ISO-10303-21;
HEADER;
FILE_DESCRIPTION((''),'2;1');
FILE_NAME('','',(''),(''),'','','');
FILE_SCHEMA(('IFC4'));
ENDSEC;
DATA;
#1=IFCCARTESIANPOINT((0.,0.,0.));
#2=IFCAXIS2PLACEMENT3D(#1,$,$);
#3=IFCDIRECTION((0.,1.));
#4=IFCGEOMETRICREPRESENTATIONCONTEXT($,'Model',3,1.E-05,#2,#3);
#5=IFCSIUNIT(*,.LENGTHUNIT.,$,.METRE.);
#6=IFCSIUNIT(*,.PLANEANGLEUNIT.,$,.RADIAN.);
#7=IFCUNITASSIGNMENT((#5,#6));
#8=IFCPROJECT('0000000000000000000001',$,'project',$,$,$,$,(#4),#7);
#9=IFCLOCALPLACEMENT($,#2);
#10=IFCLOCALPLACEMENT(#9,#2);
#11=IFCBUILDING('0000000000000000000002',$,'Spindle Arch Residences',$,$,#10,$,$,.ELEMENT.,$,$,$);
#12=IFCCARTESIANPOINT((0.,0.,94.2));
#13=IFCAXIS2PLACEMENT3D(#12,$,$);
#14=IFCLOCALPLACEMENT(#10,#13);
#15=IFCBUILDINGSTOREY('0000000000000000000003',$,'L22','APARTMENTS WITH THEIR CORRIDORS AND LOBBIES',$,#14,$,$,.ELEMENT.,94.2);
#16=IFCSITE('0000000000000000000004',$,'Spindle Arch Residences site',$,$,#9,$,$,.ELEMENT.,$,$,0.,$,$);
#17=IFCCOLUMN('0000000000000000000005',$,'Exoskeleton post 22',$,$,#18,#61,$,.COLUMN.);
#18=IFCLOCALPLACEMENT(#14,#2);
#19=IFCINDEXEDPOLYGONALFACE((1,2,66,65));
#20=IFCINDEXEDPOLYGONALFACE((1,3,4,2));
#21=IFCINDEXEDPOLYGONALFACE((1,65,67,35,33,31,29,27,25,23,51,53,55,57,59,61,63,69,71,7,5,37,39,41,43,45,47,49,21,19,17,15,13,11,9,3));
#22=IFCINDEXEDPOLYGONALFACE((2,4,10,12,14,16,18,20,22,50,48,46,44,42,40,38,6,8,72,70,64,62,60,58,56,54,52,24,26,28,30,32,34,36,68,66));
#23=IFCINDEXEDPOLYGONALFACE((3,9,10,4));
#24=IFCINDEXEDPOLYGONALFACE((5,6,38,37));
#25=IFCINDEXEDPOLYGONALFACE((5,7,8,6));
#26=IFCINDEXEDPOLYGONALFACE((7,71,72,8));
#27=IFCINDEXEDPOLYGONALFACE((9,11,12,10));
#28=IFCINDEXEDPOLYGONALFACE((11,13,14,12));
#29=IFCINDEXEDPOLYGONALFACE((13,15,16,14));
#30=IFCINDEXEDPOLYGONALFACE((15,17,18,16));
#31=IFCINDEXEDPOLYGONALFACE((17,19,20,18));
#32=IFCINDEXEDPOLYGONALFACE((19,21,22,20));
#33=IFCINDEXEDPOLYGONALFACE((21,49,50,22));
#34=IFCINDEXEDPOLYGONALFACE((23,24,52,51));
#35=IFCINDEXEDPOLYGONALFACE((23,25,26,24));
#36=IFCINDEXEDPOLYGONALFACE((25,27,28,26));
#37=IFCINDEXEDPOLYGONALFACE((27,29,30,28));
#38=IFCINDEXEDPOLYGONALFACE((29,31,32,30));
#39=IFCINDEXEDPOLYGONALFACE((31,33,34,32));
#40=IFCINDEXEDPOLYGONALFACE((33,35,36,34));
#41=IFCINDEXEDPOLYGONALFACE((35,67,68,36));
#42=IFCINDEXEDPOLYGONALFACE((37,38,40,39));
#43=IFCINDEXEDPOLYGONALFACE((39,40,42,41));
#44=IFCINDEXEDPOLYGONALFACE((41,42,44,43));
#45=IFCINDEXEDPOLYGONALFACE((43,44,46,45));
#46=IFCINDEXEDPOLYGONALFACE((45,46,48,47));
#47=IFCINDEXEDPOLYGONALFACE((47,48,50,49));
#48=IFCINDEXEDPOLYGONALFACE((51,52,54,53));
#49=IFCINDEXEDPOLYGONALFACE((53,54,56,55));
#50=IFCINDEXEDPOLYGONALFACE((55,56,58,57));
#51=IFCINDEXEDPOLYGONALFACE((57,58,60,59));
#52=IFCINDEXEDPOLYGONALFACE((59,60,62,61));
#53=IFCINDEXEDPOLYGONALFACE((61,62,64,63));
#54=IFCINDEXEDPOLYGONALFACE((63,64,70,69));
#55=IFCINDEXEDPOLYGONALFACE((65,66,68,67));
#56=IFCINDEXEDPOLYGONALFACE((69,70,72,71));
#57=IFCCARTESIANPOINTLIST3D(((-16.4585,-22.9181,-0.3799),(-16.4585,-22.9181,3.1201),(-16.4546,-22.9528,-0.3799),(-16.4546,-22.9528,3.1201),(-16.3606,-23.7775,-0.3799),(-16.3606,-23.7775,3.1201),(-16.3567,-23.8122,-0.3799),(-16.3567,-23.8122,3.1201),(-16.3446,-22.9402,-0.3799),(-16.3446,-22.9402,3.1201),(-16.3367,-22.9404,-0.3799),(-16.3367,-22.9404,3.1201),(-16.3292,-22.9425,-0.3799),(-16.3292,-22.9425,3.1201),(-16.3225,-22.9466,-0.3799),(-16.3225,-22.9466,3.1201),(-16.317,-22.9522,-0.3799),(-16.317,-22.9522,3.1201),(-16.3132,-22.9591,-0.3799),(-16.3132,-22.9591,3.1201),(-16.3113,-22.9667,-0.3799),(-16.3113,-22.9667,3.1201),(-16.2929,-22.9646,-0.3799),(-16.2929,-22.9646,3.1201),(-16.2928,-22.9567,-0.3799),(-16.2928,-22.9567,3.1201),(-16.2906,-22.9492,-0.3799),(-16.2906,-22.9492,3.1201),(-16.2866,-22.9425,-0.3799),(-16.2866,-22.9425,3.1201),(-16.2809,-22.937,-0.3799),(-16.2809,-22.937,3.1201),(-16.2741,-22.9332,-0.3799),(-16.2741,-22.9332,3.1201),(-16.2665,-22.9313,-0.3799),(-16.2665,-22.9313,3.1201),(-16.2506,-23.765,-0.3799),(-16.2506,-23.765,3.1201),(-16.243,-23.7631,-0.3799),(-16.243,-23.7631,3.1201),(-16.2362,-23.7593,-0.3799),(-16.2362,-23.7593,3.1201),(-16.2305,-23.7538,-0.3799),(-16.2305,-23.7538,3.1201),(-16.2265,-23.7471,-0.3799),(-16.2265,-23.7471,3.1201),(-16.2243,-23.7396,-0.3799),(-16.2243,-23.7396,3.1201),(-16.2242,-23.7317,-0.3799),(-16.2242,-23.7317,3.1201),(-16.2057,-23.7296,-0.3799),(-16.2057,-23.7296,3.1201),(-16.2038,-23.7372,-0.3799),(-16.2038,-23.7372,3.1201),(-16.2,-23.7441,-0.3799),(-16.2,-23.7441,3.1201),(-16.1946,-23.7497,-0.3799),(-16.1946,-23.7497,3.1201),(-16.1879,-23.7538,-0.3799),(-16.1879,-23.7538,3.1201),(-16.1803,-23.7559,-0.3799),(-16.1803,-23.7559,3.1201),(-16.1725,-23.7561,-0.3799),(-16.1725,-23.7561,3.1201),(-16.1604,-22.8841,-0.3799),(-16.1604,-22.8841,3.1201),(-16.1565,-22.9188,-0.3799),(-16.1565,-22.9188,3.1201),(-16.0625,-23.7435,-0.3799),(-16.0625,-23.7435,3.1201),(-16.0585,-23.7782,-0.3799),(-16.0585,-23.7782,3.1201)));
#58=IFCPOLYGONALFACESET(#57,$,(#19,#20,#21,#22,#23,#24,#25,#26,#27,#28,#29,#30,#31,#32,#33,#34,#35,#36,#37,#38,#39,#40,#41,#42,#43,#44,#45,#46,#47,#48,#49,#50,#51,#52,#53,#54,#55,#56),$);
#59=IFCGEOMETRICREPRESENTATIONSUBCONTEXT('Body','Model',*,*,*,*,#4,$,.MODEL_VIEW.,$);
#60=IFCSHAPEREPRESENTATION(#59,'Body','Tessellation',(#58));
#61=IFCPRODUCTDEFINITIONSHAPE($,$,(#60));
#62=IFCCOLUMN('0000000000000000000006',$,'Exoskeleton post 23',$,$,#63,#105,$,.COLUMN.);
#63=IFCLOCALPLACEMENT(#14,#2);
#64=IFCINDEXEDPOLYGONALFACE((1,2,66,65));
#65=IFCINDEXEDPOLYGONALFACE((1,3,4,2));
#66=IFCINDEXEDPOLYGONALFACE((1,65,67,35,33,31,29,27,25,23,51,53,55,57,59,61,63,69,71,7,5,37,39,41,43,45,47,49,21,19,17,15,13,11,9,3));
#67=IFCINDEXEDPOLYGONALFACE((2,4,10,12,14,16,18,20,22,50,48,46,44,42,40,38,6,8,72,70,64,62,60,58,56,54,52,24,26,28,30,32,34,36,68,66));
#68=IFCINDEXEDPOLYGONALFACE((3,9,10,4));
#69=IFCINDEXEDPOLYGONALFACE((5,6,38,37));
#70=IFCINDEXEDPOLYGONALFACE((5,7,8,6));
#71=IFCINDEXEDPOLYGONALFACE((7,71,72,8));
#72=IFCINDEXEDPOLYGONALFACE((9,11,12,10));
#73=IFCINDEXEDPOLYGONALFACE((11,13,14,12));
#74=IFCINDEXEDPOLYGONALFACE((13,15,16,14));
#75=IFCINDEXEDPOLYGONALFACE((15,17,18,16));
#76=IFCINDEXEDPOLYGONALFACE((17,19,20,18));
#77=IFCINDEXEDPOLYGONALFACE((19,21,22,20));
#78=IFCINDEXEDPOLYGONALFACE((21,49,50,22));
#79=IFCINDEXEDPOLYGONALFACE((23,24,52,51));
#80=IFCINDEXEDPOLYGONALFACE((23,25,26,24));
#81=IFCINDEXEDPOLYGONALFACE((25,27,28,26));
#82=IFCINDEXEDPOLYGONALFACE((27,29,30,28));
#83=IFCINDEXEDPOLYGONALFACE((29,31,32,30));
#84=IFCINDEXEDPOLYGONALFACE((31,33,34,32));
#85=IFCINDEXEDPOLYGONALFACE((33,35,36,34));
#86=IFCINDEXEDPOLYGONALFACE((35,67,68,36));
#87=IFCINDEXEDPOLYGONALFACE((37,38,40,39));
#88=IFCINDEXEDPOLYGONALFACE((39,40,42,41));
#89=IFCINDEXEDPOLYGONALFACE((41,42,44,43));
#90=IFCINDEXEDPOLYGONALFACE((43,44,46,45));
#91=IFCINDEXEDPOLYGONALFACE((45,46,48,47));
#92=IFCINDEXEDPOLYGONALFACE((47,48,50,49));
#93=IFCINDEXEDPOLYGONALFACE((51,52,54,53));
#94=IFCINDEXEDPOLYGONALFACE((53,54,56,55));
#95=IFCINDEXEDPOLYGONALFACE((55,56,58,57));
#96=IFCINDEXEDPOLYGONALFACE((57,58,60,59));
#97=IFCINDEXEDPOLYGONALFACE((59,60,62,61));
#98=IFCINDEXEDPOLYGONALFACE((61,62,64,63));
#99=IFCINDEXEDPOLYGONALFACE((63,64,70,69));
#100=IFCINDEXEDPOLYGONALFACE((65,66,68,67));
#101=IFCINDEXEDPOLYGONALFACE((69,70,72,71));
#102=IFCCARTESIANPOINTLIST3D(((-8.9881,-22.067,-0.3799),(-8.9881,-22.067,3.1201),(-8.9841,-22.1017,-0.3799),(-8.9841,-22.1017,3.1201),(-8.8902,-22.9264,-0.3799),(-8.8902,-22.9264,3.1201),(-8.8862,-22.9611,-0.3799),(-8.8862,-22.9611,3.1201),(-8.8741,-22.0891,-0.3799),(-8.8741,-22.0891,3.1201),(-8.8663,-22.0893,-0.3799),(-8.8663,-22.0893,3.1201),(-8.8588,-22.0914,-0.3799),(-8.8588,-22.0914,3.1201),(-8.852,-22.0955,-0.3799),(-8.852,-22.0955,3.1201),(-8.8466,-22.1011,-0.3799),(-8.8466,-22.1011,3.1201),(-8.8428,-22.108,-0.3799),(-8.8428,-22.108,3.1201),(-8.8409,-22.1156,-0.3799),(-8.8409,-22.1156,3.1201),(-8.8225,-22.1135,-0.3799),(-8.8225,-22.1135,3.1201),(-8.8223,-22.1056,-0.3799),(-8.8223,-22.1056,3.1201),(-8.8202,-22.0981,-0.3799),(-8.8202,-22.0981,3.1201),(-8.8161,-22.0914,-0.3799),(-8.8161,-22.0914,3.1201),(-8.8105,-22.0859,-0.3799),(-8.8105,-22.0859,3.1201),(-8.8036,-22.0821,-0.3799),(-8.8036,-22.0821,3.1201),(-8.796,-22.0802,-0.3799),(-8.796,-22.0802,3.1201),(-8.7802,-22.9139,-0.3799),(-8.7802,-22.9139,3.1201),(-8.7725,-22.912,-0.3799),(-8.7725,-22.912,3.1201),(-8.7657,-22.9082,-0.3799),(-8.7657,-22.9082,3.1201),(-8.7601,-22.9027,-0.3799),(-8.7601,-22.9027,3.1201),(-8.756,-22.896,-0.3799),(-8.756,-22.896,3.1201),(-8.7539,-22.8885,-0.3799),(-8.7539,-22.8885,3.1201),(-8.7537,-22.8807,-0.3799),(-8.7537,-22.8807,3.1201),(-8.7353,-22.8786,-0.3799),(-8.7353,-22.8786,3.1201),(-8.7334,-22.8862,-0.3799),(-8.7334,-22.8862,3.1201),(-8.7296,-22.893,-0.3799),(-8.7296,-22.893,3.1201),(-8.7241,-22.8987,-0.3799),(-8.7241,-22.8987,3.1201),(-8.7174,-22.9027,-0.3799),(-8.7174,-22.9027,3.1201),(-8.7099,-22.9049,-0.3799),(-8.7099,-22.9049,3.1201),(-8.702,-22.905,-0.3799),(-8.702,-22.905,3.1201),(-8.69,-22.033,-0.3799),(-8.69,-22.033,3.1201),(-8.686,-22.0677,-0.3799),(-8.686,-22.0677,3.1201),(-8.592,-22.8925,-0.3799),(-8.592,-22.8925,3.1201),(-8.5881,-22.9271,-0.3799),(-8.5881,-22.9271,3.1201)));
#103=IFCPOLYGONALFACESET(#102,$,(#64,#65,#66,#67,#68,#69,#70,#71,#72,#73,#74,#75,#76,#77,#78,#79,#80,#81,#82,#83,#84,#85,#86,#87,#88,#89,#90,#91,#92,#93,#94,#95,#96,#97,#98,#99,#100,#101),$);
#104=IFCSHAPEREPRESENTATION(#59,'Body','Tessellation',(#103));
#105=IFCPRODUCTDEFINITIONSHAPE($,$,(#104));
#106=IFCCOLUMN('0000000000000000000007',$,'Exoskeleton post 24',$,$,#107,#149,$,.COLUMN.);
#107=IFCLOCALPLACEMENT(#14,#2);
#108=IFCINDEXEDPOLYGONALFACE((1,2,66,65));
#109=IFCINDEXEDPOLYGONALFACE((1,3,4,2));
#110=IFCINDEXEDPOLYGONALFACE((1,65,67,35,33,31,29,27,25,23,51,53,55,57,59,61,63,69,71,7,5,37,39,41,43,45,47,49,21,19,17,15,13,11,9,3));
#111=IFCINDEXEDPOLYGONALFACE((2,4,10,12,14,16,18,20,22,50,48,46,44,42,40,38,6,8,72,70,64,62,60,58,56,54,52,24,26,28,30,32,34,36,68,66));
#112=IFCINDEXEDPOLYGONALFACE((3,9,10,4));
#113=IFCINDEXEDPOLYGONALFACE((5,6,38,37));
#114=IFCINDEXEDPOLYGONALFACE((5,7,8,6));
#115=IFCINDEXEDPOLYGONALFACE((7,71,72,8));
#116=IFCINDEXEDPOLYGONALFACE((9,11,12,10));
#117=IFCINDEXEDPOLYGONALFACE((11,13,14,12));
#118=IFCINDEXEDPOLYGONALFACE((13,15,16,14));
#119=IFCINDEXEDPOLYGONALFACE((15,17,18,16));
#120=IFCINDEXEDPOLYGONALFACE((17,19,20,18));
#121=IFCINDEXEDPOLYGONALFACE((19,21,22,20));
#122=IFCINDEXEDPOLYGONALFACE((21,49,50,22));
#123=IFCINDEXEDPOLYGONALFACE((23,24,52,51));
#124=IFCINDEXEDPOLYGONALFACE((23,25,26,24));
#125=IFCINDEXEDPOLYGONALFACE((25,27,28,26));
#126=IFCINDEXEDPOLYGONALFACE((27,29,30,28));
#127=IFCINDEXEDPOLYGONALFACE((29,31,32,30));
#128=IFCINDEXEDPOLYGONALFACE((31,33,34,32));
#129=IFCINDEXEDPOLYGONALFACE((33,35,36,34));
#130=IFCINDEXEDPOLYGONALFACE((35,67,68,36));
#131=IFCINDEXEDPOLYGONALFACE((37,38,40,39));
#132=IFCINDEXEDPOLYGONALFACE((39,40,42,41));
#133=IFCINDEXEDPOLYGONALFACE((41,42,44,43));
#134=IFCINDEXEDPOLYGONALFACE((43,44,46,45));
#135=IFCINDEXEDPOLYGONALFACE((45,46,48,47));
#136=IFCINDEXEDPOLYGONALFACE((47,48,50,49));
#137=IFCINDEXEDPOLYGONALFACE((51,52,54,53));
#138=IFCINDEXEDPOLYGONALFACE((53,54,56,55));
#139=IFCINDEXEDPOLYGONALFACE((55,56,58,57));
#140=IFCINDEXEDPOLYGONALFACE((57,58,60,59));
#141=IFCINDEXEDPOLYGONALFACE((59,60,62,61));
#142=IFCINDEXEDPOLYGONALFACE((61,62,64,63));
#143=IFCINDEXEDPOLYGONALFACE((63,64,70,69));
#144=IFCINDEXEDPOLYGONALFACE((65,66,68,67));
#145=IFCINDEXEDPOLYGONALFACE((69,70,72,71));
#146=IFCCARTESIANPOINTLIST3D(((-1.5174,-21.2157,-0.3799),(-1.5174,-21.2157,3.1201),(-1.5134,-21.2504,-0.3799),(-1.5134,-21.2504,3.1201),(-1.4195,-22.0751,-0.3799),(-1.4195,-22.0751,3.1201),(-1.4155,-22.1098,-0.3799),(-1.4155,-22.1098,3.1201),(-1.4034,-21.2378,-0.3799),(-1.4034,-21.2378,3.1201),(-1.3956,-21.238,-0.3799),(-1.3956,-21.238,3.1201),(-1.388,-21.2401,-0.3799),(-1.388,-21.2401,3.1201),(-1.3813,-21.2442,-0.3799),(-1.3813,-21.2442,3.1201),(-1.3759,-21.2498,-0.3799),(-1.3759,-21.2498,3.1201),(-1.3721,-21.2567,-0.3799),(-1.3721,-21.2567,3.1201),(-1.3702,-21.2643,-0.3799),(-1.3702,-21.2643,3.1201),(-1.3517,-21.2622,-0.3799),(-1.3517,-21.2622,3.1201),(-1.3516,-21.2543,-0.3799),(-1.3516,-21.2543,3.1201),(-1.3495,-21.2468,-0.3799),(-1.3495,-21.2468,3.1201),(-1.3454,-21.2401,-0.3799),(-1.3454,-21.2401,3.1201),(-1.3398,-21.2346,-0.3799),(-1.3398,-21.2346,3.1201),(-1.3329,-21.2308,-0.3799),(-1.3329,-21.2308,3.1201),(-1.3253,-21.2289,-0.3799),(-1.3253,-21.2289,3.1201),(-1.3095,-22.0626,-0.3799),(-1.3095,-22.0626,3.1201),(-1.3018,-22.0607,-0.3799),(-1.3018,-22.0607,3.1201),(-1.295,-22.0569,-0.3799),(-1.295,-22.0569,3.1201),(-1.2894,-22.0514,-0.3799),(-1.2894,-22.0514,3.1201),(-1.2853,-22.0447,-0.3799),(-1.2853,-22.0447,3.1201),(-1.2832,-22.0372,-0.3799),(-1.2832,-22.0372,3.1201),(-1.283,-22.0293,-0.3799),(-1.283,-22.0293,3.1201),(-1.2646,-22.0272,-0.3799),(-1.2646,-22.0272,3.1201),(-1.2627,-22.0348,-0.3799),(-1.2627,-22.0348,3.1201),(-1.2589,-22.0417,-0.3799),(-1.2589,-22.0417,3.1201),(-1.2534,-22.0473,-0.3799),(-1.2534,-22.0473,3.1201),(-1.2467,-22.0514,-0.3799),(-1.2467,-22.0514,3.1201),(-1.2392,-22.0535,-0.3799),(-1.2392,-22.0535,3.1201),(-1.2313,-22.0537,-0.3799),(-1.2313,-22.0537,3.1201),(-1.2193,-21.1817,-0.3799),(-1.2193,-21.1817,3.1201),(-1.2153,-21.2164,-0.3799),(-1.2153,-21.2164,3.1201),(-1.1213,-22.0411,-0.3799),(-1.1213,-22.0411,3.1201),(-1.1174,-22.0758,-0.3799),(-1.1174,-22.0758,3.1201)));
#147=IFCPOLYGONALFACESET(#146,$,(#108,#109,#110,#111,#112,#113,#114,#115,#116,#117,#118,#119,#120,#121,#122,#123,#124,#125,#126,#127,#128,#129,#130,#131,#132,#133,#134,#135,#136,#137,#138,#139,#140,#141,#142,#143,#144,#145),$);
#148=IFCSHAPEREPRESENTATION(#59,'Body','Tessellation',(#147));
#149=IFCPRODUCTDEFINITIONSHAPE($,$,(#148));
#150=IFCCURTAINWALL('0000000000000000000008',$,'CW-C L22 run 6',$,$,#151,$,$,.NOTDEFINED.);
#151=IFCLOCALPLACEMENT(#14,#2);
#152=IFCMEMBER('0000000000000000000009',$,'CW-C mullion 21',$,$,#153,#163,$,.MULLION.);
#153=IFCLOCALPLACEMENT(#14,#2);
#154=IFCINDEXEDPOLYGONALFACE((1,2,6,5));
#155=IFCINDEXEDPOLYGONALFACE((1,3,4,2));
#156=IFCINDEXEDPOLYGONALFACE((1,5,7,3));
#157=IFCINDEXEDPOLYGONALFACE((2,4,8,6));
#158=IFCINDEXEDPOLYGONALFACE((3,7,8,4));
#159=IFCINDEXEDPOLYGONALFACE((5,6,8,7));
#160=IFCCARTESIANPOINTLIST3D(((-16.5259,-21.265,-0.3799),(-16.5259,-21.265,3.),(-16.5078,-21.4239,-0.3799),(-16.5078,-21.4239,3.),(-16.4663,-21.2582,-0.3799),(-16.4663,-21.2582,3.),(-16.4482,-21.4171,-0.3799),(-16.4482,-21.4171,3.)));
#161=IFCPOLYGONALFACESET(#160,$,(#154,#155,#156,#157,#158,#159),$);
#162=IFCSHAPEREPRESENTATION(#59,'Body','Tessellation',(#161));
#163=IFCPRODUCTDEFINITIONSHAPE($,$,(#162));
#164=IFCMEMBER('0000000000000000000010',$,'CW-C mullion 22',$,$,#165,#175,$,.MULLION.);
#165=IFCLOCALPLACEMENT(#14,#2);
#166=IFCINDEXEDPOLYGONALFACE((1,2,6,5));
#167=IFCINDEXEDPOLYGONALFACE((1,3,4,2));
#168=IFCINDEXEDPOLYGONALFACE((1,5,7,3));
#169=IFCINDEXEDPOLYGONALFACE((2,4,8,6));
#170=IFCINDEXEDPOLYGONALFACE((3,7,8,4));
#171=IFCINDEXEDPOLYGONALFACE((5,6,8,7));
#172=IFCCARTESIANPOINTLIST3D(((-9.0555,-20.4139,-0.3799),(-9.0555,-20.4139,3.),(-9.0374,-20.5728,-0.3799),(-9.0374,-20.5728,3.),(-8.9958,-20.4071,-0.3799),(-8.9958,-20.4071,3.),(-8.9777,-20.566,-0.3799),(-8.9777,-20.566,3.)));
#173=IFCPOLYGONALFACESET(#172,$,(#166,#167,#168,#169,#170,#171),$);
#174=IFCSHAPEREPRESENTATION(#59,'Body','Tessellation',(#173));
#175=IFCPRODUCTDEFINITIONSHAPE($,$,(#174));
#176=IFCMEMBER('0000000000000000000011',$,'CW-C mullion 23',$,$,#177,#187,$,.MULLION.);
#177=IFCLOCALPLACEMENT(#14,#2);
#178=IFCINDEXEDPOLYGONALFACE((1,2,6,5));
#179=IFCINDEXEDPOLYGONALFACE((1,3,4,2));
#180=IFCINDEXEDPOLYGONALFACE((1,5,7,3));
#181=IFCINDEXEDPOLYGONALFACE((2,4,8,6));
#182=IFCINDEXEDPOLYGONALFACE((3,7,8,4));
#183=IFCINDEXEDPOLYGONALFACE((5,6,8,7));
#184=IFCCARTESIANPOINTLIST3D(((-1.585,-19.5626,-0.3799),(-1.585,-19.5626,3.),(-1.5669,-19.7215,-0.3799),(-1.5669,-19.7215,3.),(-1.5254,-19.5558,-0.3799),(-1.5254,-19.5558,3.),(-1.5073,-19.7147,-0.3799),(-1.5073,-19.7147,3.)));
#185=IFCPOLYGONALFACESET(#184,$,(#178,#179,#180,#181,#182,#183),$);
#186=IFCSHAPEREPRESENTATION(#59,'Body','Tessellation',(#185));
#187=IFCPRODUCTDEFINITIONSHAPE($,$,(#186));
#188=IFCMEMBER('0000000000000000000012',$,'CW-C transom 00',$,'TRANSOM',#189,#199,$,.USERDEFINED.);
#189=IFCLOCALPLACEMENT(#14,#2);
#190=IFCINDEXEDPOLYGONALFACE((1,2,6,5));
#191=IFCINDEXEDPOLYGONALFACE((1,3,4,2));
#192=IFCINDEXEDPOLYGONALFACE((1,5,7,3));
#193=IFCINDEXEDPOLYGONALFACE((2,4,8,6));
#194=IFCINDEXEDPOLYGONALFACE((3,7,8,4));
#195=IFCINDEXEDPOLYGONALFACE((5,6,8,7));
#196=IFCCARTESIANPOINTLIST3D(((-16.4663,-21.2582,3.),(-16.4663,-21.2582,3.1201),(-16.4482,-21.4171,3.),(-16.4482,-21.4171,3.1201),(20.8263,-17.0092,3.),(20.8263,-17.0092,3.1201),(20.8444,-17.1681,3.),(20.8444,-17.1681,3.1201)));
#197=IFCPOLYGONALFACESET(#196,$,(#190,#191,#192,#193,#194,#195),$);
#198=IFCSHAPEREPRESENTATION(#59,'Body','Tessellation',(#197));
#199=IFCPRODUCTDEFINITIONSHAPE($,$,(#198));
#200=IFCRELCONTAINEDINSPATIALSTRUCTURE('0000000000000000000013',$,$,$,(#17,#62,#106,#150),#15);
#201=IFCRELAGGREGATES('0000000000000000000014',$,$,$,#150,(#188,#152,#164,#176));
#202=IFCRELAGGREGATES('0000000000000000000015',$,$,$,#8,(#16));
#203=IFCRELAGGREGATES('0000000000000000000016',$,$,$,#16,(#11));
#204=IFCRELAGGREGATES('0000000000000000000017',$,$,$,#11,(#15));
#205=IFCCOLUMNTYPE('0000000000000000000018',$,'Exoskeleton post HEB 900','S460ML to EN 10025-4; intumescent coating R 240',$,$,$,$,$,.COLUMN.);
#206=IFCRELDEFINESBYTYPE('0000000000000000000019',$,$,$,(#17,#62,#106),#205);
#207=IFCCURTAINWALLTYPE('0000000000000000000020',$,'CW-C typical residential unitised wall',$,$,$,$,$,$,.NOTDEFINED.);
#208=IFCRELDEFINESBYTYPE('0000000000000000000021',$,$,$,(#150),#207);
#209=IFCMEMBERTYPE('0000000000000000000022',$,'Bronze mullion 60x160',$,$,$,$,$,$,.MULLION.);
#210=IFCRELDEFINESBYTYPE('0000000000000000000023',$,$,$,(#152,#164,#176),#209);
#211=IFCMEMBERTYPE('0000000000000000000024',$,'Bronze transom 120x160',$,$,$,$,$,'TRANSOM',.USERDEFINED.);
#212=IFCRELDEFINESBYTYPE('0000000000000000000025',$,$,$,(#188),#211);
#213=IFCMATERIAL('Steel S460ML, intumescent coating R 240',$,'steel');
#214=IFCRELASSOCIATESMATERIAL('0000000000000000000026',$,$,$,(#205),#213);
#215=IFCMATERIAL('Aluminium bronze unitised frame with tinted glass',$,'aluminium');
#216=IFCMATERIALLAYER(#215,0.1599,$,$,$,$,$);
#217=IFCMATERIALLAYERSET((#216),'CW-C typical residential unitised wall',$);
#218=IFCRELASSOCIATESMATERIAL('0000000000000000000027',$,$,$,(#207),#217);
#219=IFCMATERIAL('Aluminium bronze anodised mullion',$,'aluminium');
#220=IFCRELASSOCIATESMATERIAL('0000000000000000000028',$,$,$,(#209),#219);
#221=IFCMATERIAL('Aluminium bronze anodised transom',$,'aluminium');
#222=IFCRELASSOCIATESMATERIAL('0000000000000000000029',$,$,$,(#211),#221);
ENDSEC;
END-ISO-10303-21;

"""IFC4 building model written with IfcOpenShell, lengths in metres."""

from ifc_helpers import new_model, si_unit, direction, frame, origin, origin_2d, place, context, subcontext, project, spatial, rectangle, i_section, extrude, material, layer, layer_set, material_profile, profile_set, type_object, element, aggregate, save


model = new_model("IFC4")

# Units and contexts
model_context = context("Model", 3, precision=1e-05, world=origin(), true_north=direction((0.0, 1.0)))
body_context = subcontext(model_context, "Body", "Model", "MODEL_VIEW")
ifc_project = project(units=[si_unit("LENGTHUNIT", "METRE"), si_unit("PLANEANGLEUNIT", "RADIAN")], contexts=[model_context])

# Site, building, storey
site_placement = place(None, origin())
site = spatial("IfcSite", under=ifc_project, at=site_placement, Name="Spindle Arch Residences site", CompositionType="ELEMENT", RefElevation=0.0)
building_placement = place(site_placement, origin())
building = spatial("IfcBuilding", under=site, at=building_placement, Name="Spindle Arch Residences", CompositionType="ELEMENT")
storey_placement = place(building_placement, frame((0.0, 0.0, 94.2)))
storey = spatial("IfcBuildingStorey", under=building, at=storey_placement, Name="L22", Description="APARTMENTS WITH THEIR CORRIDORS AND LOBBIES", CompositionType="ELEMENT", Elevation=94.2)

# Columns
ifc_material_1 = material(Name="Steel S460ML, intumescent coating R 240", Category="steel")
ifc_material_profile_1 = material_profile(ifc_material_1, i_section(OverallWidth=0.3, OverallDepth=0.8999, WebThickness=0.0186, FlangeThickness=0.0349, FilletRadius=0.03, at=origin_2d()), Name="HEB 900")
ifc_profile_set_1 = profile_set([ifc_material_profile_1], Name="Steel S460ML, intumescent coating R 240")
column_type = type_object("IfcColumnType", Name="Exoskeleton post HEB 900", Description="S460ML to EN 10025-4; intumescent coating R 240", PredefinedType="COLUMN", material=ifc_profile_set_1)
for number, where, z_axis, x_axis, name in (
    (1, (-16.2585, -23.3481, -0.3799), (0.0, 0.0, 1.0), (-0.993572, -0.113203, 0.0), "Exoskeleton post 22"),
    (2, (-8.7881, -22.4971, -0.3799), (0.0, 0.0, 1.0), (-0.993572, -0.113203, 0.0), "Exoskeleton post 23"),
    (3, (-1.3174, -21.6458, -0.3799), (0.0, 0.0, 1.0), (-0.993572, -0.113203, 0.0), "Exoskeleton post 24"),
):
    element("IfcColumn", number, at=place(storey_placement, frame(where, z_axis=z_axis, x_axis=x_axis)), inside=storey, type_object=column_type, Name=name, PredefinedType="COLUMN", context=body_context, shape_type="SweptSolid", body=[
        extrude(i_section(OverallWidth=0.3, OverallDepth=0.8999, WebThickness=0.0186, FlangeThickness=0.0349, FilletRadius=0.03, at=origin_2d()), origin(), (0.0, 0.0, 1.0), 3.5),
    ])

# Curtain wall, members
ifc_material_2 = material(Name="Aluminium bronze unitised frame with tinted glass", Category="aluminium")
ifc_layer_1 = layer(ifc_material_2, 0.1599)
ifc_layer_set_1 = layer_set([ifc_layer_1], Name="CW-C typical residential unitised wall")
curtain_wall_type = type_object("IfcCurtainWallType", Name="CW-C typical residential unitised wall", PredefinedType="NOTDEFINED", material=ifc_layer_set_1)
curtain_wall_placement = place(storey_placement, origin())
curtain_wall = element("IfcCurtainWall", 4, at=curtain_wall_placement, inside=storey, type_object=curtain_wall_type, Name="CW-C L22 run 6", PredefinedType="NOTDEFINED")
ifc_material_3 = material(Name="Aluminium bronze anodised mullion", Category="aluminium")
ifc_material_profile_2 = material_profile(ifc_material_3, rectangle(XDim=0.1599, YDim=0.0601, at=origin_2d()), Name="MU 60x160")
ifc_profile_set_2 = profile_set([ifc_material_profile_2], Name="Aluminium bronze anodised mullion")
member_type_1 = type_object("IfcMemberType", Name="Bronze mullion 60x160", PredefinedType="MULLION", material=ifc_profile_set_2)
member_1_placement = place(storey_placement, frame((-16.4871, -21.3411, -0.3799), z_axis=(0.0, 0.0, 1.0), x_axis=(-0.113203, 0.993572, 0.0)))
member_1 = element("IfcMember", 5, at=member_1_placement, type_object=member_type_1, Name="CW-C mullion 21", PredefinedType="MULLION", context=body_context, shape_type="SweptSolid", body=[
    extrude(rectangle(XDim=0.1599, YDim=0.0601, at=origin_2d()), origin(), (0.0, 0.0, 1.0), 3.3799),
])
member_2_placement = place(storey_placement, frame((-9.0166, -20.49, -0.3799), z_axis=(0.0, 0.0, 1.0), x_axis=(-0.113203, 0.993572, 0.0)))
member_2 = element("IfcMember", 6, at=member_2_placement, type_object=member_type_1, Name="CW-C mullion 22", PredefinedType="MULLION", context=body_context, shape_type="SweptSolid", body=[
    extrude(rectangle(XDim=0.1599, YDim=0.0601, at=origin_2d()), origin(), (0.0, 0.0, 1.0), 3.3799),
])
member_3_placement = place(storey_placement, frame((-1.5461, -19.6387, -0.3799), z_axis=(0.0, 0.0, 1.0), x_axis=(-0.113203, 0.993572, 0.0)))
member_3 = element("IfcMember", 7, at=member_3_placement, type_object=member_type_1, Name="CW-C mullion 23", PredefinedType="MULLION", context=body_context, shape_type="SweptSolid", body=[
    extrude(rectangle(XDim=0.1599, YDim=0.0601, at=origin_2d()), origin(), (0.0, 0.0, 1.0), 3.3799),
])
ifc_material_4 = material(Name="Aluminium bronze anodised transom", Category="aluminium")
ifc_material_profile_3 = material_profile(ifc_material_4, rectangle(XDim=0.1599, YDim=0.1201, at=origin_2d()), Name="TR 120x160")
ifc_profile_set_3 = profile_set([ifc_material_profile_3], Name="Aluminium bronze anodised transom")
member_type_2 = type_object("IfcMemberType", Name="Bronze transom 120x160", ElementType="TRANSOM", PredefinedType="USERDEFINED", material=ifc_profile_set_3)
member_4_placement = place(storey_placement, frame((-16.4573, -21.3376, 3.0601), z_axis=(0.993572, 0.113205, 0.0), x_axis=(-0.113205, 0.993572, 0.0)))
member_4 = element("IfcMember", 8, at=member_4_placement, type_object=member_type_2, Name="CW-C transom 00", ObjectType="TRANSOM", PredefinedType="USERDEFINED", context=body_context, shape_type="SweptSolid", body=[
    extrude(rectangle(XDim=0.1599, YDim=0.1201, at=origin_2d()), origin(), (0.0, 0.0, 1.0), 37.5339),
])

aggregate(curtain_wall, [member_4, member_1, member_2, member_3])

save(model, "model.ifc")
